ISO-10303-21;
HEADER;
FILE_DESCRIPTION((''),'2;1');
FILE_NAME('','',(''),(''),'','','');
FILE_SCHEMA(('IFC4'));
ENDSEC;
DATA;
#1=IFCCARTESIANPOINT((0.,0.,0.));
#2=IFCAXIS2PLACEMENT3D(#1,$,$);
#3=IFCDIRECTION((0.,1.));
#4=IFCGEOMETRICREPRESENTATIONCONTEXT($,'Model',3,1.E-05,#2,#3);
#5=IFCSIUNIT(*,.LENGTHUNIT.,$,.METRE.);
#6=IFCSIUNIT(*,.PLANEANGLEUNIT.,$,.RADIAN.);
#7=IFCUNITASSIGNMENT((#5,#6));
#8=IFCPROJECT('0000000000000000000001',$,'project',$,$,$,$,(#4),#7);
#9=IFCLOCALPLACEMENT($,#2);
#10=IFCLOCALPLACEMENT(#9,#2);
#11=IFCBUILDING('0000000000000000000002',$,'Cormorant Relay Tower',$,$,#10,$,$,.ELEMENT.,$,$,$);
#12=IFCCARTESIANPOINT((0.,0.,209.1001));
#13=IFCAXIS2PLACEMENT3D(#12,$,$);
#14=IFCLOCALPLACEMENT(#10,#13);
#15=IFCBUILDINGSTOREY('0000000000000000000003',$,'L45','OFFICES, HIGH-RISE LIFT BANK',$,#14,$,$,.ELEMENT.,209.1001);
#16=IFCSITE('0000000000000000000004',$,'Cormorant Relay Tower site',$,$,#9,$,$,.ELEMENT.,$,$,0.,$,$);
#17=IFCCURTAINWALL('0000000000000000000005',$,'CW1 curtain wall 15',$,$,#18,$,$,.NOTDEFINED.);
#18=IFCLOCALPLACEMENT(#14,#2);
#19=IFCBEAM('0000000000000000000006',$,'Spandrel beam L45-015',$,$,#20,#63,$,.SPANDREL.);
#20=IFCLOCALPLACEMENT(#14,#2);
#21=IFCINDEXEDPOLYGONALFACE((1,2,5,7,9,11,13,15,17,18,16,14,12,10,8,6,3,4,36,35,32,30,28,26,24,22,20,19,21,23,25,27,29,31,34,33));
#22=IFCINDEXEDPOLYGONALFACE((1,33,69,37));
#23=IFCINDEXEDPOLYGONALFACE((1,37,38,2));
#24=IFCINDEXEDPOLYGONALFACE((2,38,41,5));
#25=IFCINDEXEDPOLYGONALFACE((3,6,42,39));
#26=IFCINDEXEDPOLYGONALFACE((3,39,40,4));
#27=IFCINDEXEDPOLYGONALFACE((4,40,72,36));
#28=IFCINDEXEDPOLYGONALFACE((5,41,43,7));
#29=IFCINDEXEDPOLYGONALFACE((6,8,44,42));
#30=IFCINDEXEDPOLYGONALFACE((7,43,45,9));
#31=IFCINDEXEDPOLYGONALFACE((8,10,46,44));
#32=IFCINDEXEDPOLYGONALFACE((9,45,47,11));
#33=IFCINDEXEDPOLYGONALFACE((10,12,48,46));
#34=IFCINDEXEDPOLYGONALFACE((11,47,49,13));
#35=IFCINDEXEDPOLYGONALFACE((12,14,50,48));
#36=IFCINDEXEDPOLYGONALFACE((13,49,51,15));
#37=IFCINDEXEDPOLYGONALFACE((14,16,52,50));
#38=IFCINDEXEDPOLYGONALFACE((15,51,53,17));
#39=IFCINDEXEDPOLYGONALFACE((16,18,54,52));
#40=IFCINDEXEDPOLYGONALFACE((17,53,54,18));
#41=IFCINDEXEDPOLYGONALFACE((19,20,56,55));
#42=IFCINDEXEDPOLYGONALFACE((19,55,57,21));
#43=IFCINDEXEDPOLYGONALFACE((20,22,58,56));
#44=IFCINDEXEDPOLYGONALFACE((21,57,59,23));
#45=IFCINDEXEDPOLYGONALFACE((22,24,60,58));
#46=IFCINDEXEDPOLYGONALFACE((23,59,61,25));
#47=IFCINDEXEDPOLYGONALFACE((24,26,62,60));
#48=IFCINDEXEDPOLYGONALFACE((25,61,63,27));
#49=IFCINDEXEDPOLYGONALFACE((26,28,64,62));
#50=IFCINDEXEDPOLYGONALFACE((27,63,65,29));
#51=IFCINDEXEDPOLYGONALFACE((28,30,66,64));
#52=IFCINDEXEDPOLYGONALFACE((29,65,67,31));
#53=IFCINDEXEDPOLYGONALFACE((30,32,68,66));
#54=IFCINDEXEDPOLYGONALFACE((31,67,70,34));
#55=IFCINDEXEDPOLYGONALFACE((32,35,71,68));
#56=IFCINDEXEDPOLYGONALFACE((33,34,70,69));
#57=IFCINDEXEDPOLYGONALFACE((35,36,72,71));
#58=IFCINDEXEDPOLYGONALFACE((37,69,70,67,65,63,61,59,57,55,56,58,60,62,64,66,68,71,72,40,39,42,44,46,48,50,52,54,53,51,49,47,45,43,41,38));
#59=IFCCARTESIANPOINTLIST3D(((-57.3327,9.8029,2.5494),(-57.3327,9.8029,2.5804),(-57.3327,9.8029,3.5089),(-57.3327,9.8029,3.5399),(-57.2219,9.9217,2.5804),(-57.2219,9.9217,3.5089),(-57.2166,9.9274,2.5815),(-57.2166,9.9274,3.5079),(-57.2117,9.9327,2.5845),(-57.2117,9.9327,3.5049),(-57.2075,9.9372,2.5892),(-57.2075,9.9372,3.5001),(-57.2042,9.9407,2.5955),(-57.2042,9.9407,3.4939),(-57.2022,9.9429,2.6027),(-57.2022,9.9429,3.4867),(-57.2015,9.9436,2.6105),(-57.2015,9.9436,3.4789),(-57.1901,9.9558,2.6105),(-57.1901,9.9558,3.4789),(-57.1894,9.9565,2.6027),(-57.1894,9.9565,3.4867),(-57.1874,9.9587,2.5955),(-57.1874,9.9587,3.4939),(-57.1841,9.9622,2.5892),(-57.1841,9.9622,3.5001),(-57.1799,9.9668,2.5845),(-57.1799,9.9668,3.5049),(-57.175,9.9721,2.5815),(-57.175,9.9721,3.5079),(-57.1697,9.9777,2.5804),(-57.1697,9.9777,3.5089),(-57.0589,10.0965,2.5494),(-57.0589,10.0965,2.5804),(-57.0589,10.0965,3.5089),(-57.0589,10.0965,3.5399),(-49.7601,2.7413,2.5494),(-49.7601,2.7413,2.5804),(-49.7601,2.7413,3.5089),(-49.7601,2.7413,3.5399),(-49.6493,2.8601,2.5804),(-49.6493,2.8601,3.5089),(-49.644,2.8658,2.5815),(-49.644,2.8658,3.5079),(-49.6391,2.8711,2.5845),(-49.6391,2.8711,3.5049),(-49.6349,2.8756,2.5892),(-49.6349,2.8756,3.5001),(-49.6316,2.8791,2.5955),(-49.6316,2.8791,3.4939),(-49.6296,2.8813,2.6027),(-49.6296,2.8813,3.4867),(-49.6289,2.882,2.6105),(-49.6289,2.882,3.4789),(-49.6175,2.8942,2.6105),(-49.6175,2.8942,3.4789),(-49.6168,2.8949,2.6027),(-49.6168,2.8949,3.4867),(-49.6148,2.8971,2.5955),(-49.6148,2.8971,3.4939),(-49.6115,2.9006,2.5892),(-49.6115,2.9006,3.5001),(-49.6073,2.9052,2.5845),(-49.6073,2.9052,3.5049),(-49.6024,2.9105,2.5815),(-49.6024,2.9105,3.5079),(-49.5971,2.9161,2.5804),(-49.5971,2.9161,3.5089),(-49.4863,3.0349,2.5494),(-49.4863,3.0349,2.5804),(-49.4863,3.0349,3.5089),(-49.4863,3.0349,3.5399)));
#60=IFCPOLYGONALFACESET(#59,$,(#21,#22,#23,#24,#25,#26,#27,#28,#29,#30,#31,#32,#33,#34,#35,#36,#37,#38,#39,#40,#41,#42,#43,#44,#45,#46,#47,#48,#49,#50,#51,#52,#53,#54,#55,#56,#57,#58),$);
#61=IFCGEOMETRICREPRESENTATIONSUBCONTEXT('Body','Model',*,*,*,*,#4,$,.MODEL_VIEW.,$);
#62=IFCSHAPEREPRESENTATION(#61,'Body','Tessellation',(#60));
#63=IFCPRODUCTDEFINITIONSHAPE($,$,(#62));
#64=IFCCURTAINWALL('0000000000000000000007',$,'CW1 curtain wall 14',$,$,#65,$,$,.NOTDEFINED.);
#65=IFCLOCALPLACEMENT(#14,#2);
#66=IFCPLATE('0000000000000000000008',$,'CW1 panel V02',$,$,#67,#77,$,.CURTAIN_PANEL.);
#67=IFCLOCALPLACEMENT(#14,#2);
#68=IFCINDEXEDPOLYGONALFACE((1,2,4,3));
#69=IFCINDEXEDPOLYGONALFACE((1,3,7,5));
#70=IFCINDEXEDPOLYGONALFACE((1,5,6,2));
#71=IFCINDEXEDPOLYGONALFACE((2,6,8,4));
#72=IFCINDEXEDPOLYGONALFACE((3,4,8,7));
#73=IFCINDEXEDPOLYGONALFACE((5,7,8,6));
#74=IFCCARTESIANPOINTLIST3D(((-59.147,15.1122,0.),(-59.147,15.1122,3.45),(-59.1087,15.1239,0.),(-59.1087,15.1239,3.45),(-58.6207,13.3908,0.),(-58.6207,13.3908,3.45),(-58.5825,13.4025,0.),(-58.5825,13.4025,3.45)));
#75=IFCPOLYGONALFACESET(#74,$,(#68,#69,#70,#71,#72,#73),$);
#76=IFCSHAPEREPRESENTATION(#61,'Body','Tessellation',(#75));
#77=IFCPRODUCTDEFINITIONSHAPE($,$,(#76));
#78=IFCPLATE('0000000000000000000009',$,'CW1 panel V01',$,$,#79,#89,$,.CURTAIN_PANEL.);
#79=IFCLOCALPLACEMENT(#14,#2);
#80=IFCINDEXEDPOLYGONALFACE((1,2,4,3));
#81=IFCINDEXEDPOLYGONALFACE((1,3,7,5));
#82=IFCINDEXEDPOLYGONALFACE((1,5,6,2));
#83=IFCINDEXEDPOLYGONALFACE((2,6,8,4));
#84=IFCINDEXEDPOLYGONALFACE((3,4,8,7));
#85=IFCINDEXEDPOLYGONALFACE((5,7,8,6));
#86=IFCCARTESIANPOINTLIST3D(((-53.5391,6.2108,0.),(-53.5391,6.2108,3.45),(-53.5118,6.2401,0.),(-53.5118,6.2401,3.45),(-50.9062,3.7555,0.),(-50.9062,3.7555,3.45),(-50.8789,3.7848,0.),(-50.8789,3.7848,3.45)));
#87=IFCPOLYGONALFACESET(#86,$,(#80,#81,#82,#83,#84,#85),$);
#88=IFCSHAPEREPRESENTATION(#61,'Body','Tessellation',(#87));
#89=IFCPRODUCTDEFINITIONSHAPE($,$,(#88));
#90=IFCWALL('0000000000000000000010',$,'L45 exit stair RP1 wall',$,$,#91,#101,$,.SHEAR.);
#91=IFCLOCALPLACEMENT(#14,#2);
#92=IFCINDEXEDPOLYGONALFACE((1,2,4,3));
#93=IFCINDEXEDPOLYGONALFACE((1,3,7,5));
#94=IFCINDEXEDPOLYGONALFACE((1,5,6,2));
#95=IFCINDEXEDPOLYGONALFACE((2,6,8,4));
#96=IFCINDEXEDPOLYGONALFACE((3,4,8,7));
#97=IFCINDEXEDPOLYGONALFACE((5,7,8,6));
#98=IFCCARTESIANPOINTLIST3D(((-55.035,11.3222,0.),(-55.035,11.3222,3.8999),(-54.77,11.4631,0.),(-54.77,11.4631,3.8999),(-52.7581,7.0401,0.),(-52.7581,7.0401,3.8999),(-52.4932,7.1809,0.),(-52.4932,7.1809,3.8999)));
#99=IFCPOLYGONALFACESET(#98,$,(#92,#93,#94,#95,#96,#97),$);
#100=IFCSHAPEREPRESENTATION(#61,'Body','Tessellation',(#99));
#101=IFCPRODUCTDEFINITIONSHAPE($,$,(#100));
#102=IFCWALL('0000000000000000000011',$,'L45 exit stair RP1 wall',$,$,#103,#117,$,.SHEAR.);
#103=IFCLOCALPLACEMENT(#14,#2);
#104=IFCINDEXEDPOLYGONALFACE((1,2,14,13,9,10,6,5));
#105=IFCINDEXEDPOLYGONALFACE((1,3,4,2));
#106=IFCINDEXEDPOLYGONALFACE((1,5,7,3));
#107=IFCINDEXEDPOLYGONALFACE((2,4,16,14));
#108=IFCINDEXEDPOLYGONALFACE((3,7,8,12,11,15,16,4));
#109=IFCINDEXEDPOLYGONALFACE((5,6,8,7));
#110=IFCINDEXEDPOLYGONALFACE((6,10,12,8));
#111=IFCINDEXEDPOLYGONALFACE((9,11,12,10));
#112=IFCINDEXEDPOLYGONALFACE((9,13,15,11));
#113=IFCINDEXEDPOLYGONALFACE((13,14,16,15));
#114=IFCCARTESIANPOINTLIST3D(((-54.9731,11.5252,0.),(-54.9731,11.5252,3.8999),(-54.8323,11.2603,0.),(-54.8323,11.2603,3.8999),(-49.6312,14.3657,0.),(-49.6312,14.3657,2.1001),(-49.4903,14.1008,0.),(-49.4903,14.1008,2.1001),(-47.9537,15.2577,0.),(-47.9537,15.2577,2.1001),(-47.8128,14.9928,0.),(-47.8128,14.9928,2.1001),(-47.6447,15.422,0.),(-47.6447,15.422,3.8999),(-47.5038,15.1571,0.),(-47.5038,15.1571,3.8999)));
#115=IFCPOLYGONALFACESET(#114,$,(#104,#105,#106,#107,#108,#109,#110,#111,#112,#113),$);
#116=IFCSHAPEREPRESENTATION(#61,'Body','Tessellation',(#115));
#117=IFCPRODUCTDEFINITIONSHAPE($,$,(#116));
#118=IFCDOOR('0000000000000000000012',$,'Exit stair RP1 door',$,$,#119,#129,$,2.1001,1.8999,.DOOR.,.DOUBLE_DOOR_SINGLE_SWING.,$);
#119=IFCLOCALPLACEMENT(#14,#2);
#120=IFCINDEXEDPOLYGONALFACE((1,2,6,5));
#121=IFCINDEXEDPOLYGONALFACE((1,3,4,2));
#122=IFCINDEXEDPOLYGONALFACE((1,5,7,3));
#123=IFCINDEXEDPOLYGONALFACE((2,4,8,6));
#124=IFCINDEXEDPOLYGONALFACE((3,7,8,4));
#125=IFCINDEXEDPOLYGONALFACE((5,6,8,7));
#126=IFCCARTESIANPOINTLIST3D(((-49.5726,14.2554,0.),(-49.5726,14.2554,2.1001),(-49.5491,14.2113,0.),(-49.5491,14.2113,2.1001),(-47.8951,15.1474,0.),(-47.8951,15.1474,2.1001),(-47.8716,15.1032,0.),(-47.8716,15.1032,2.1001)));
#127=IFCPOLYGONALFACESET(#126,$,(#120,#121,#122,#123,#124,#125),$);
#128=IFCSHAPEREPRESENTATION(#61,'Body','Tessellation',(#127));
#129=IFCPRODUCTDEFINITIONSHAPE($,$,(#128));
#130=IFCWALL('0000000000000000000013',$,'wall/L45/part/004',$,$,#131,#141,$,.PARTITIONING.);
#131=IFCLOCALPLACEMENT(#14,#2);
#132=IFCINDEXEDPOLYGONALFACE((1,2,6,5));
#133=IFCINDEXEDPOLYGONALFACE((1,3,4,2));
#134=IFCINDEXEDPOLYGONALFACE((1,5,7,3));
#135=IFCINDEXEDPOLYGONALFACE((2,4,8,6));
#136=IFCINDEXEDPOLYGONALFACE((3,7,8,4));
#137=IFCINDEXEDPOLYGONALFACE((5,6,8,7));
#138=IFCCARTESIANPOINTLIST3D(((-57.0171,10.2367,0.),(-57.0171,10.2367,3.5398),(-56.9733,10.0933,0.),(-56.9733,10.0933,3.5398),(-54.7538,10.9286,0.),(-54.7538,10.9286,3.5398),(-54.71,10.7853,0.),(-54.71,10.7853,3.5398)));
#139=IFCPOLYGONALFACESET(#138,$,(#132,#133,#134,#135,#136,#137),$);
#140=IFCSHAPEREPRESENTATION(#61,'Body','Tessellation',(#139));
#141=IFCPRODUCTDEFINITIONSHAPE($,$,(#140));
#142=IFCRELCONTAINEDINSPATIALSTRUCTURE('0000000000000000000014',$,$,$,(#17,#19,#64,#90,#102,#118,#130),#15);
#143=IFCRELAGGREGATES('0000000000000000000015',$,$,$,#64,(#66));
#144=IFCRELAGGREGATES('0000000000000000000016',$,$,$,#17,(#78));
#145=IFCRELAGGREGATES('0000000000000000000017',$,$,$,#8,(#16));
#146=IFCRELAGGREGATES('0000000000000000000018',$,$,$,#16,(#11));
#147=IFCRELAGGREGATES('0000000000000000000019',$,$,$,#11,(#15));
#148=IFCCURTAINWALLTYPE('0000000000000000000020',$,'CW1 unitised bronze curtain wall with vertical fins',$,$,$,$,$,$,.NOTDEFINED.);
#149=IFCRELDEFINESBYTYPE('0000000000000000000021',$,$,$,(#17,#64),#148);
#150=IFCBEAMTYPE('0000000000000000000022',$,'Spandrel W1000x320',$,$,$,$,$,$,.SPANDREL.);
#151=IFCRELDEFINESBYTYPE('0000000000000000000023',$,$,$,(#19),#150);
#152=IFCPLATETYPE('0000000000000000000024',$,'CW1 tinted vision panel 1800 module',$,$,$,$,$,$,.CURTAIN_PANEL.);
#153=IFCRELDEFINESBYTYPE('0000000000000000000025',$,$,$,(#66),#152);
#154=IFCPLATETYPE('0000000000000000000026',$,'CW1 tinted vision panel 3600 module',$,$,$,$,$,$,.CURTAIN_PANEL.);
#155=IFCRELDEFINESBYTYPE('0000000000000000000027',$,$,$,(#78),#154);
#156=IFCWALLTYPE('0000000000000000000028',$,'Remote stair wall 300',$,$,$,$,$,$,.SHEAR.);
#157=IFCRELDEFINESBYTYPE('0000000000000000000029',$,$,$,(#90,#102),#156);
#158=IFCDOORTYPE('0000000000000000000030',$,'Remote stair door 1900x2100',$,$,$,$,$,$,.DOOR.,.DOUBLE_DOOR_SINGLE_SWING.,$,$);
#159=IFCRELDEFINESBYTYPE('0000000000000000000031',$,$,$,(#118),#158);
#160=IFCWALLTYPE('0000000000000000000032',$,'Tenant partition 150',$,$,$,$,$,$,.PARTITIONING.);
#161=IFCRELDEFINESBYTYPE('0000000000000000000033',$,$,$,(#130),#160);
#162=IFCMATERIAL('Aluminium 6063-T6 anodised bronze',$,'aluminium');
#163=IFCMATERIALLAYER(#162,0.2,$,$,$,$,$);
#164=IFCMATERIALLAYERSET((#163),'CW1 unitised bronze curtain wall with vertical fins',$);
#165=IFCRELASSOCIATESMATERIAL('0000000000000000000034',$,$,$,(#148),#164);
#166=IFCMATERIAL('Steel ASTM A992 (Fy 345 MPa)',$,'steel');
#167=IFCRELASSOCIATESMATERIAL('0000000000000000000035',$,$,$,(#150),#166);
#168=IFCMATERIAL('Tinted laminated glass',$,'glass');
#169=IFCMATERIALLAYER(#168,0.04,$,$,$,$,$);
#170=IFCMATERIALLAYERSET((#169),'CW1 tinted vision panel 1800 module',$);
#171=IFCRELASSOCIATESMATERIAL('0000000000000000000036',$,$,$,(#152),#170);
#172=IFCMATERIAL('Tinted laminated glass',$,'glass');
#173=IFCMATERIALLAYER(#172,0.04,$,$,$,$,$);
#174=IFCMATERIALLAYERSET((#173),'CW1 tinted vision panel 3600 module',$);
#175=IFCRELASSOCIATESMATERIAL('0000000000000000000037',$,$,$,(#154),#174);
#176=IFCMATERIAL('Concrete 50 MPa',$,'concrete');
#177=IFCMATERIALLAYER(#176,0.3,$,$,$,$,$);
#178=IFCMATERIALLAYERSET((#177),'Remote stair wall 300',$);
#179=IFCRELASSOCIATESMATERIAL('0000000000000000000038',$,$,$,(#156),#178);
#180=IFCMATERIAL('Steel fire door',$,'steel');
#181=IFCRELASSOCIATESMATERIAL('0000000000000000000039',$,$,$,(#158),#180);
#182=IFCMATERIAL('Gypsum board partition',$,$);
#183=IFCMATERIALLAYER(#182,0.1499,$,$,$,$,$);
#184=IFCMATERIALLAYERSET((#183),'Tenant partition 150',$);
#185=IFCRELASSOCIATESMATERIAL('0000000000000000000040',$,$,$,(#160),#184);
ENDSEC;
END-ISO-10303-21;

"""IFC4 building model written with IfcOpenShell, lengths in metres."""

from ifc_helpers import new_model, si_unit, direction, frame, frame_2d, origin, origin_2d, place, context, subcontext, project, spatial, rectangle, i_section, extrude, material, layer, layer_set, material_profile, profile_set, type_object, element, fill, aggregate, save


model = new_model("IFC4")

# Units and contexts
model_context = context("Model", 3, precision=1e-05, world=origin(), true_north=direction((0.0, 1.0)))
body_context = subcontext(model_context, "Body", "Model", "MODEL_VIEW")
ifc_project = project(units=[si_unit("LENGTHUNIT", "METRE"), si_unit("PLANEANGLEUNIT", "RADIAN")], contexts=[model_context])

# Site, building, storey
site_placement = place(None, origin())
site = spatial("IfcSite", under=ifc_project, at=site_placement, Name="Cormorant Relay Tower site", CompositionType="ELEMENT", RefElevation=0.0)
building_placement = place(site_placement, origin())
building = spatial("IfcBuilding", under=site, at=building_placement, Name="Cormorant Relay Tower", CompositionType="ELEMENT")
storey_placement = place(building_placement, frame((0.0, 0.0, 209.1001)))
storey = spatial("IfcBuildingStorey", under=building, at=storey_placement, Name="L45", Description="OFFICES, HIGH-RISE LIFT BANK", CompositionType="ELEMENT", Elevation=209.1001)

# Curtain wall
ifc_material_1 = material(Name="Aluminium 6063-T6 anodised bronze", Category="aluminium")
ifc_layer_1 = layer(ifc_material_1, 0.2)
ifc_layer_set_1 = layer_set([ifc_layer_1], Name="CW1 unitised bronze curtain wall with vertical fins")
curtain_wall_type = type_object("IfcCurtainWallType", Name="CW1 unitised bronze curtain wall with vertical fins", PredefinedType="NOTDEFINED", material=ifc_layer_set_1)
curtain_wall_1_placement = place(storey_placement, origin())
curtain_wall_1 = element("IfcCurtainWall", 1, at=curtain_wall_1_placement, inside=storey, type_object=curtain_wall_type, Name="CW1 curtain wall 15", PredefinedType="NOTDEFINED")

# Beam
ifc_material_2 = material(Name="Steel ASTM A992 (Fy 345 MPa)", Category="steel")
ifc_material_profile_1 = material_profile(ifc_material_2, i_section(OverallWidth=0.4014, OverallDepth=0.9905, WebThickness=0.0166, FlangeThickness=0.031, FilletRadius=0.03, at=origin_2d()), Name="W1000x320")
ifc_profile_set_1 = profile_set([ifc_material_profile_1], Name="Steel ASTM A992 (Fy 345 MPa)")
beam_type = type_object("IfcBeamType", Name="Spandrel W1000x320", PredefinedType="SPANDREL", material=ifc_profile_set_1)
beam_placement = place(storey_placement, frame((-57.1958, 9.9497, 3.0447), z_axis=(0.731352, -0.682001, 0.0), x_axis=(0.682001, 0.731352, 0.0)))
element("IfcBeam", 2, at=beam_placement, inside=storey, type_object=beam_type, Name="Spandrel beam L45-015", PredefinedType="SPANDREL", context=body_context, shape_type="SweptSolid", body=[
    extrude(i_section(OverallWidth=0.4014, OverallDepth=0.9905, WebThickness=0.0166, FlangeThickness=0.031, FilletRadius=0.03, at=origin_2d()), origin(), (0.0, 0.0, 1.0), 10.3542),
])

# Curtain wall, plate
curtain_wall_2_placement = place(storey_placement, origin())
curtain_wall_2 = element("IfcCurtainWall", 3, at=curtain_wall_2_placement, inside=storey, type_object=curtain_wall_type, Name="CW1 curtain wall 14", PredefinedType="NOTDEFINED")
ifc_material_3 = material(Name="Tinted laminated glass", Category="glass")
ifc_layer_2 = layer(ifc_material_3, 0.04)
ifc_layer_set_2 = layer_set([ifc_layer_2], Name="CW1 tinted vision panel 1800 module")
plate_type_1 = type_object("IfcPlateType", Name="CW1 tinted vision panel 1800 module", PredefinedType="CURTAIN_PANEL", material=ifc_layer_set_2)
plate_1_placement = place(storey_placement, frame((-58.8647, 14.2573, 0.0), z_axis=(0.0, 0.0, 1.0), x_axis=(0.292372, -0.956305, 0.0)))
plate_1 = element("IfcPlate", 4, at=plate_1_placement, type_object=plate_type_1, Name="CW1 panel V02", PredefinedType="CURTAIN_PANEL", context=body_context, shape_type="SweptSolid", body=[
    extrude(rectangle(XDim=1.8, YDim=0.04, at=origin_2d()), origin(), (0.0, 0.0, 1.0), 3.45),
])

# Plate
ifc_material_4 = material(Name="Tinted laminated glass", Category="glass")
ifc_layer_3 = layer(ifc_material_4, 0.04)
ifc_layer_set_3 = layer_set([ifc_layer_3], Name="CW1 tinted vision panel 3600 module")
plate_type_2 = type_object("IfcPlateType", Name="CW1 tinted vision panel 3600 module", PredefinedType="CURTAIN_PANEL", material=ifc_layer_set_3)
plate_2_placement = place(storey_placement, frame((-52.209, 4.9978, 0.0), z_axis=(0.0, 0.0, 1.0), x_axis=(0.731354, -0.681998, 0.0)))
plate_2 = element("IfcPlate", 5, at=plate_2_placement, type_object=plate_type_2, Name="CW1 panel V01", PredefinedType="CURTAIN_PANEL", context=body_context, shape_type="SweptSolid", body=[
    extrude(rectangle(XDim=3.6001, YDim=0.04, at=origin_2d()), origin(), (0.0, 0.0, 1.0), 3.45),
])

# Wall
ifc_material_5 = material(Name="Concrete 50 MPa", Category="concrete")
ifc_layer_4 = layer(ifc_material_5, 0.3)
ifc_layer_set_4 = layer_set([ifc_layer_4], Name="Remote stair wall 300")
wall_type_1 = type_object("IfcWallType", Name="Remote stair wall 300", PredefinedType="SHEAR", material=ifc_layer_set_4)
wall_1_placement = place(storey_placement, frame((-52.6257, 7.1106, 0.0), z_axis=(0.0, 0.0, 1.0), x_axis=(-0.469464, 0.882951, 0.0)))
element("IfcWall", 6, at=wall_1_placement, inside=storey, type_object=wall_type_1, Name="L45 exit stair RP1 wall", PredefinedType="SHEAR", context=body_context, shape_type="SweptSolid", body=[
    extrude(rectangle(XDim=4.8499, YDim=0.3, at=frame_2d((2.4248, 0.0))), origin(), (0.0, 0.0, 1.0), 3.8999),
])

# Wall, opening, door
wall_2_placement = place(storey_placement, frame((-54.9026, 11.3928, 0.0), z_axis=(0.0, 0.0, 1.0), x_axis=(0.882939, 0.469487, 0.0)))
wall_2 = element("IfcWall", 7, at=wall_2_placement, inside=storey, type_object=wall_type_1, Name="L45 exit stair RP1 wall", PredefinedType="SHEAR", context=body_context, shape_type="SweptSolid", body=[
    extrude(rectangle(XDim=8.3, YDim=0.3, at=frame_2d((4.1499, 0.0))), origin(), (0.0, 0.0, 1.0), 3.8999),
])
opening_placement = place(wall_2_placement, frame((6.05, 0.0, 0.0)))
opening = element("IfcOpeningElement", 8, at=opening_placement, cuts=wall_2, PredefinedType="OPENING", context=body_context, shape_type="SweptSolid", body=[
    extrude(rectangle(XDim=1.8999, YDim=2.1001, at=frame_2d((0.95, 1.05))), frame((0.0, 0.1599, 0.0), z_axis=(0.0, -1.0, 0.0), x_axis=(1.0, 0.0, 0.0)), (0.0, 0.0, 1.0), 0.3201),
])
ifc_material_6 = material(Name="Steel fire door", Category="steel")
door_type = type_object("IfcDoorType", Name="Remote stair door 1900x2100", OperationType="DOUBLE_DOOR_SINGLE_SWING", PredefinedType="DOOR", material=ifc_material_6)
door_placement = place(opening_placement, frame((1.8999, 0.0, 0.0), z_axis=(0.0, 0.0, 1.0), x_axis=(-1.0, 0.0, 0.0)))
door = element("IfcDoor", 9, at=door_placement, inside=storey, type_object=door_type, Name="Exit stair RP1 door", OperationType="DOUBLE_DOOR_SINGLE_SWING", OverallHeight=2.1001, OverallWidth=1.8999, PredefinedType="DOOR", context=body_context, shape_type="SweptSolid", body=[
    extrude(rectangle(XDim=1.8999, YDim=2.1001, at=frame_2d((0.95, 1.05))), frame((0.0, 0.0249, 0.0), z_axis=(0.0, -1.0, 0.0), x_axis=(1.0, 0.0, 0.0)), (0.0, 0.0, 1.0), 0.05),
])
fill(opening, door)

# Wall
ifc_material_7 = material(Name="Gypsum board partition")
ifc_layer_5 = layer(ifc_material_7, 0.1499)
ifc_layer_set_5 = layer_set([ifc_layer_5], Name="Tenant partition 150")
wall_type_2 = type_object("IfcWallType", Name="Tenant partition 150", PredefinedType="PARTITIONING", material=ifc_layer_set_5)
wall_3_placement = place(storey_placement, frame((-54.7319, 10.8569, 0.0), z_axis=(0.0, 0.0, 1.0), x_axis=(-0.956308, -0.29236, 0.0)))
element("IfcWall", 10, at=wall_3_placement, inside=storey, type_object=wall_type_2, Name="wall/L45/part/004", PredefinedType="PARTITIONING", context=body_context, shape_type="SweptSolid", body=[
    extrude(rectangle(XDim=2.3667, YDim=0.1499, at=frame_2d((1.1833, 0.0))), origin(), (0.0, 0.0, 1.0), 3.5398),
])

aggregate(curtain_wall_2, [plate_1])
aggregate(curtain_wall_1, [plate_2])

save(model, "model.ifc")
